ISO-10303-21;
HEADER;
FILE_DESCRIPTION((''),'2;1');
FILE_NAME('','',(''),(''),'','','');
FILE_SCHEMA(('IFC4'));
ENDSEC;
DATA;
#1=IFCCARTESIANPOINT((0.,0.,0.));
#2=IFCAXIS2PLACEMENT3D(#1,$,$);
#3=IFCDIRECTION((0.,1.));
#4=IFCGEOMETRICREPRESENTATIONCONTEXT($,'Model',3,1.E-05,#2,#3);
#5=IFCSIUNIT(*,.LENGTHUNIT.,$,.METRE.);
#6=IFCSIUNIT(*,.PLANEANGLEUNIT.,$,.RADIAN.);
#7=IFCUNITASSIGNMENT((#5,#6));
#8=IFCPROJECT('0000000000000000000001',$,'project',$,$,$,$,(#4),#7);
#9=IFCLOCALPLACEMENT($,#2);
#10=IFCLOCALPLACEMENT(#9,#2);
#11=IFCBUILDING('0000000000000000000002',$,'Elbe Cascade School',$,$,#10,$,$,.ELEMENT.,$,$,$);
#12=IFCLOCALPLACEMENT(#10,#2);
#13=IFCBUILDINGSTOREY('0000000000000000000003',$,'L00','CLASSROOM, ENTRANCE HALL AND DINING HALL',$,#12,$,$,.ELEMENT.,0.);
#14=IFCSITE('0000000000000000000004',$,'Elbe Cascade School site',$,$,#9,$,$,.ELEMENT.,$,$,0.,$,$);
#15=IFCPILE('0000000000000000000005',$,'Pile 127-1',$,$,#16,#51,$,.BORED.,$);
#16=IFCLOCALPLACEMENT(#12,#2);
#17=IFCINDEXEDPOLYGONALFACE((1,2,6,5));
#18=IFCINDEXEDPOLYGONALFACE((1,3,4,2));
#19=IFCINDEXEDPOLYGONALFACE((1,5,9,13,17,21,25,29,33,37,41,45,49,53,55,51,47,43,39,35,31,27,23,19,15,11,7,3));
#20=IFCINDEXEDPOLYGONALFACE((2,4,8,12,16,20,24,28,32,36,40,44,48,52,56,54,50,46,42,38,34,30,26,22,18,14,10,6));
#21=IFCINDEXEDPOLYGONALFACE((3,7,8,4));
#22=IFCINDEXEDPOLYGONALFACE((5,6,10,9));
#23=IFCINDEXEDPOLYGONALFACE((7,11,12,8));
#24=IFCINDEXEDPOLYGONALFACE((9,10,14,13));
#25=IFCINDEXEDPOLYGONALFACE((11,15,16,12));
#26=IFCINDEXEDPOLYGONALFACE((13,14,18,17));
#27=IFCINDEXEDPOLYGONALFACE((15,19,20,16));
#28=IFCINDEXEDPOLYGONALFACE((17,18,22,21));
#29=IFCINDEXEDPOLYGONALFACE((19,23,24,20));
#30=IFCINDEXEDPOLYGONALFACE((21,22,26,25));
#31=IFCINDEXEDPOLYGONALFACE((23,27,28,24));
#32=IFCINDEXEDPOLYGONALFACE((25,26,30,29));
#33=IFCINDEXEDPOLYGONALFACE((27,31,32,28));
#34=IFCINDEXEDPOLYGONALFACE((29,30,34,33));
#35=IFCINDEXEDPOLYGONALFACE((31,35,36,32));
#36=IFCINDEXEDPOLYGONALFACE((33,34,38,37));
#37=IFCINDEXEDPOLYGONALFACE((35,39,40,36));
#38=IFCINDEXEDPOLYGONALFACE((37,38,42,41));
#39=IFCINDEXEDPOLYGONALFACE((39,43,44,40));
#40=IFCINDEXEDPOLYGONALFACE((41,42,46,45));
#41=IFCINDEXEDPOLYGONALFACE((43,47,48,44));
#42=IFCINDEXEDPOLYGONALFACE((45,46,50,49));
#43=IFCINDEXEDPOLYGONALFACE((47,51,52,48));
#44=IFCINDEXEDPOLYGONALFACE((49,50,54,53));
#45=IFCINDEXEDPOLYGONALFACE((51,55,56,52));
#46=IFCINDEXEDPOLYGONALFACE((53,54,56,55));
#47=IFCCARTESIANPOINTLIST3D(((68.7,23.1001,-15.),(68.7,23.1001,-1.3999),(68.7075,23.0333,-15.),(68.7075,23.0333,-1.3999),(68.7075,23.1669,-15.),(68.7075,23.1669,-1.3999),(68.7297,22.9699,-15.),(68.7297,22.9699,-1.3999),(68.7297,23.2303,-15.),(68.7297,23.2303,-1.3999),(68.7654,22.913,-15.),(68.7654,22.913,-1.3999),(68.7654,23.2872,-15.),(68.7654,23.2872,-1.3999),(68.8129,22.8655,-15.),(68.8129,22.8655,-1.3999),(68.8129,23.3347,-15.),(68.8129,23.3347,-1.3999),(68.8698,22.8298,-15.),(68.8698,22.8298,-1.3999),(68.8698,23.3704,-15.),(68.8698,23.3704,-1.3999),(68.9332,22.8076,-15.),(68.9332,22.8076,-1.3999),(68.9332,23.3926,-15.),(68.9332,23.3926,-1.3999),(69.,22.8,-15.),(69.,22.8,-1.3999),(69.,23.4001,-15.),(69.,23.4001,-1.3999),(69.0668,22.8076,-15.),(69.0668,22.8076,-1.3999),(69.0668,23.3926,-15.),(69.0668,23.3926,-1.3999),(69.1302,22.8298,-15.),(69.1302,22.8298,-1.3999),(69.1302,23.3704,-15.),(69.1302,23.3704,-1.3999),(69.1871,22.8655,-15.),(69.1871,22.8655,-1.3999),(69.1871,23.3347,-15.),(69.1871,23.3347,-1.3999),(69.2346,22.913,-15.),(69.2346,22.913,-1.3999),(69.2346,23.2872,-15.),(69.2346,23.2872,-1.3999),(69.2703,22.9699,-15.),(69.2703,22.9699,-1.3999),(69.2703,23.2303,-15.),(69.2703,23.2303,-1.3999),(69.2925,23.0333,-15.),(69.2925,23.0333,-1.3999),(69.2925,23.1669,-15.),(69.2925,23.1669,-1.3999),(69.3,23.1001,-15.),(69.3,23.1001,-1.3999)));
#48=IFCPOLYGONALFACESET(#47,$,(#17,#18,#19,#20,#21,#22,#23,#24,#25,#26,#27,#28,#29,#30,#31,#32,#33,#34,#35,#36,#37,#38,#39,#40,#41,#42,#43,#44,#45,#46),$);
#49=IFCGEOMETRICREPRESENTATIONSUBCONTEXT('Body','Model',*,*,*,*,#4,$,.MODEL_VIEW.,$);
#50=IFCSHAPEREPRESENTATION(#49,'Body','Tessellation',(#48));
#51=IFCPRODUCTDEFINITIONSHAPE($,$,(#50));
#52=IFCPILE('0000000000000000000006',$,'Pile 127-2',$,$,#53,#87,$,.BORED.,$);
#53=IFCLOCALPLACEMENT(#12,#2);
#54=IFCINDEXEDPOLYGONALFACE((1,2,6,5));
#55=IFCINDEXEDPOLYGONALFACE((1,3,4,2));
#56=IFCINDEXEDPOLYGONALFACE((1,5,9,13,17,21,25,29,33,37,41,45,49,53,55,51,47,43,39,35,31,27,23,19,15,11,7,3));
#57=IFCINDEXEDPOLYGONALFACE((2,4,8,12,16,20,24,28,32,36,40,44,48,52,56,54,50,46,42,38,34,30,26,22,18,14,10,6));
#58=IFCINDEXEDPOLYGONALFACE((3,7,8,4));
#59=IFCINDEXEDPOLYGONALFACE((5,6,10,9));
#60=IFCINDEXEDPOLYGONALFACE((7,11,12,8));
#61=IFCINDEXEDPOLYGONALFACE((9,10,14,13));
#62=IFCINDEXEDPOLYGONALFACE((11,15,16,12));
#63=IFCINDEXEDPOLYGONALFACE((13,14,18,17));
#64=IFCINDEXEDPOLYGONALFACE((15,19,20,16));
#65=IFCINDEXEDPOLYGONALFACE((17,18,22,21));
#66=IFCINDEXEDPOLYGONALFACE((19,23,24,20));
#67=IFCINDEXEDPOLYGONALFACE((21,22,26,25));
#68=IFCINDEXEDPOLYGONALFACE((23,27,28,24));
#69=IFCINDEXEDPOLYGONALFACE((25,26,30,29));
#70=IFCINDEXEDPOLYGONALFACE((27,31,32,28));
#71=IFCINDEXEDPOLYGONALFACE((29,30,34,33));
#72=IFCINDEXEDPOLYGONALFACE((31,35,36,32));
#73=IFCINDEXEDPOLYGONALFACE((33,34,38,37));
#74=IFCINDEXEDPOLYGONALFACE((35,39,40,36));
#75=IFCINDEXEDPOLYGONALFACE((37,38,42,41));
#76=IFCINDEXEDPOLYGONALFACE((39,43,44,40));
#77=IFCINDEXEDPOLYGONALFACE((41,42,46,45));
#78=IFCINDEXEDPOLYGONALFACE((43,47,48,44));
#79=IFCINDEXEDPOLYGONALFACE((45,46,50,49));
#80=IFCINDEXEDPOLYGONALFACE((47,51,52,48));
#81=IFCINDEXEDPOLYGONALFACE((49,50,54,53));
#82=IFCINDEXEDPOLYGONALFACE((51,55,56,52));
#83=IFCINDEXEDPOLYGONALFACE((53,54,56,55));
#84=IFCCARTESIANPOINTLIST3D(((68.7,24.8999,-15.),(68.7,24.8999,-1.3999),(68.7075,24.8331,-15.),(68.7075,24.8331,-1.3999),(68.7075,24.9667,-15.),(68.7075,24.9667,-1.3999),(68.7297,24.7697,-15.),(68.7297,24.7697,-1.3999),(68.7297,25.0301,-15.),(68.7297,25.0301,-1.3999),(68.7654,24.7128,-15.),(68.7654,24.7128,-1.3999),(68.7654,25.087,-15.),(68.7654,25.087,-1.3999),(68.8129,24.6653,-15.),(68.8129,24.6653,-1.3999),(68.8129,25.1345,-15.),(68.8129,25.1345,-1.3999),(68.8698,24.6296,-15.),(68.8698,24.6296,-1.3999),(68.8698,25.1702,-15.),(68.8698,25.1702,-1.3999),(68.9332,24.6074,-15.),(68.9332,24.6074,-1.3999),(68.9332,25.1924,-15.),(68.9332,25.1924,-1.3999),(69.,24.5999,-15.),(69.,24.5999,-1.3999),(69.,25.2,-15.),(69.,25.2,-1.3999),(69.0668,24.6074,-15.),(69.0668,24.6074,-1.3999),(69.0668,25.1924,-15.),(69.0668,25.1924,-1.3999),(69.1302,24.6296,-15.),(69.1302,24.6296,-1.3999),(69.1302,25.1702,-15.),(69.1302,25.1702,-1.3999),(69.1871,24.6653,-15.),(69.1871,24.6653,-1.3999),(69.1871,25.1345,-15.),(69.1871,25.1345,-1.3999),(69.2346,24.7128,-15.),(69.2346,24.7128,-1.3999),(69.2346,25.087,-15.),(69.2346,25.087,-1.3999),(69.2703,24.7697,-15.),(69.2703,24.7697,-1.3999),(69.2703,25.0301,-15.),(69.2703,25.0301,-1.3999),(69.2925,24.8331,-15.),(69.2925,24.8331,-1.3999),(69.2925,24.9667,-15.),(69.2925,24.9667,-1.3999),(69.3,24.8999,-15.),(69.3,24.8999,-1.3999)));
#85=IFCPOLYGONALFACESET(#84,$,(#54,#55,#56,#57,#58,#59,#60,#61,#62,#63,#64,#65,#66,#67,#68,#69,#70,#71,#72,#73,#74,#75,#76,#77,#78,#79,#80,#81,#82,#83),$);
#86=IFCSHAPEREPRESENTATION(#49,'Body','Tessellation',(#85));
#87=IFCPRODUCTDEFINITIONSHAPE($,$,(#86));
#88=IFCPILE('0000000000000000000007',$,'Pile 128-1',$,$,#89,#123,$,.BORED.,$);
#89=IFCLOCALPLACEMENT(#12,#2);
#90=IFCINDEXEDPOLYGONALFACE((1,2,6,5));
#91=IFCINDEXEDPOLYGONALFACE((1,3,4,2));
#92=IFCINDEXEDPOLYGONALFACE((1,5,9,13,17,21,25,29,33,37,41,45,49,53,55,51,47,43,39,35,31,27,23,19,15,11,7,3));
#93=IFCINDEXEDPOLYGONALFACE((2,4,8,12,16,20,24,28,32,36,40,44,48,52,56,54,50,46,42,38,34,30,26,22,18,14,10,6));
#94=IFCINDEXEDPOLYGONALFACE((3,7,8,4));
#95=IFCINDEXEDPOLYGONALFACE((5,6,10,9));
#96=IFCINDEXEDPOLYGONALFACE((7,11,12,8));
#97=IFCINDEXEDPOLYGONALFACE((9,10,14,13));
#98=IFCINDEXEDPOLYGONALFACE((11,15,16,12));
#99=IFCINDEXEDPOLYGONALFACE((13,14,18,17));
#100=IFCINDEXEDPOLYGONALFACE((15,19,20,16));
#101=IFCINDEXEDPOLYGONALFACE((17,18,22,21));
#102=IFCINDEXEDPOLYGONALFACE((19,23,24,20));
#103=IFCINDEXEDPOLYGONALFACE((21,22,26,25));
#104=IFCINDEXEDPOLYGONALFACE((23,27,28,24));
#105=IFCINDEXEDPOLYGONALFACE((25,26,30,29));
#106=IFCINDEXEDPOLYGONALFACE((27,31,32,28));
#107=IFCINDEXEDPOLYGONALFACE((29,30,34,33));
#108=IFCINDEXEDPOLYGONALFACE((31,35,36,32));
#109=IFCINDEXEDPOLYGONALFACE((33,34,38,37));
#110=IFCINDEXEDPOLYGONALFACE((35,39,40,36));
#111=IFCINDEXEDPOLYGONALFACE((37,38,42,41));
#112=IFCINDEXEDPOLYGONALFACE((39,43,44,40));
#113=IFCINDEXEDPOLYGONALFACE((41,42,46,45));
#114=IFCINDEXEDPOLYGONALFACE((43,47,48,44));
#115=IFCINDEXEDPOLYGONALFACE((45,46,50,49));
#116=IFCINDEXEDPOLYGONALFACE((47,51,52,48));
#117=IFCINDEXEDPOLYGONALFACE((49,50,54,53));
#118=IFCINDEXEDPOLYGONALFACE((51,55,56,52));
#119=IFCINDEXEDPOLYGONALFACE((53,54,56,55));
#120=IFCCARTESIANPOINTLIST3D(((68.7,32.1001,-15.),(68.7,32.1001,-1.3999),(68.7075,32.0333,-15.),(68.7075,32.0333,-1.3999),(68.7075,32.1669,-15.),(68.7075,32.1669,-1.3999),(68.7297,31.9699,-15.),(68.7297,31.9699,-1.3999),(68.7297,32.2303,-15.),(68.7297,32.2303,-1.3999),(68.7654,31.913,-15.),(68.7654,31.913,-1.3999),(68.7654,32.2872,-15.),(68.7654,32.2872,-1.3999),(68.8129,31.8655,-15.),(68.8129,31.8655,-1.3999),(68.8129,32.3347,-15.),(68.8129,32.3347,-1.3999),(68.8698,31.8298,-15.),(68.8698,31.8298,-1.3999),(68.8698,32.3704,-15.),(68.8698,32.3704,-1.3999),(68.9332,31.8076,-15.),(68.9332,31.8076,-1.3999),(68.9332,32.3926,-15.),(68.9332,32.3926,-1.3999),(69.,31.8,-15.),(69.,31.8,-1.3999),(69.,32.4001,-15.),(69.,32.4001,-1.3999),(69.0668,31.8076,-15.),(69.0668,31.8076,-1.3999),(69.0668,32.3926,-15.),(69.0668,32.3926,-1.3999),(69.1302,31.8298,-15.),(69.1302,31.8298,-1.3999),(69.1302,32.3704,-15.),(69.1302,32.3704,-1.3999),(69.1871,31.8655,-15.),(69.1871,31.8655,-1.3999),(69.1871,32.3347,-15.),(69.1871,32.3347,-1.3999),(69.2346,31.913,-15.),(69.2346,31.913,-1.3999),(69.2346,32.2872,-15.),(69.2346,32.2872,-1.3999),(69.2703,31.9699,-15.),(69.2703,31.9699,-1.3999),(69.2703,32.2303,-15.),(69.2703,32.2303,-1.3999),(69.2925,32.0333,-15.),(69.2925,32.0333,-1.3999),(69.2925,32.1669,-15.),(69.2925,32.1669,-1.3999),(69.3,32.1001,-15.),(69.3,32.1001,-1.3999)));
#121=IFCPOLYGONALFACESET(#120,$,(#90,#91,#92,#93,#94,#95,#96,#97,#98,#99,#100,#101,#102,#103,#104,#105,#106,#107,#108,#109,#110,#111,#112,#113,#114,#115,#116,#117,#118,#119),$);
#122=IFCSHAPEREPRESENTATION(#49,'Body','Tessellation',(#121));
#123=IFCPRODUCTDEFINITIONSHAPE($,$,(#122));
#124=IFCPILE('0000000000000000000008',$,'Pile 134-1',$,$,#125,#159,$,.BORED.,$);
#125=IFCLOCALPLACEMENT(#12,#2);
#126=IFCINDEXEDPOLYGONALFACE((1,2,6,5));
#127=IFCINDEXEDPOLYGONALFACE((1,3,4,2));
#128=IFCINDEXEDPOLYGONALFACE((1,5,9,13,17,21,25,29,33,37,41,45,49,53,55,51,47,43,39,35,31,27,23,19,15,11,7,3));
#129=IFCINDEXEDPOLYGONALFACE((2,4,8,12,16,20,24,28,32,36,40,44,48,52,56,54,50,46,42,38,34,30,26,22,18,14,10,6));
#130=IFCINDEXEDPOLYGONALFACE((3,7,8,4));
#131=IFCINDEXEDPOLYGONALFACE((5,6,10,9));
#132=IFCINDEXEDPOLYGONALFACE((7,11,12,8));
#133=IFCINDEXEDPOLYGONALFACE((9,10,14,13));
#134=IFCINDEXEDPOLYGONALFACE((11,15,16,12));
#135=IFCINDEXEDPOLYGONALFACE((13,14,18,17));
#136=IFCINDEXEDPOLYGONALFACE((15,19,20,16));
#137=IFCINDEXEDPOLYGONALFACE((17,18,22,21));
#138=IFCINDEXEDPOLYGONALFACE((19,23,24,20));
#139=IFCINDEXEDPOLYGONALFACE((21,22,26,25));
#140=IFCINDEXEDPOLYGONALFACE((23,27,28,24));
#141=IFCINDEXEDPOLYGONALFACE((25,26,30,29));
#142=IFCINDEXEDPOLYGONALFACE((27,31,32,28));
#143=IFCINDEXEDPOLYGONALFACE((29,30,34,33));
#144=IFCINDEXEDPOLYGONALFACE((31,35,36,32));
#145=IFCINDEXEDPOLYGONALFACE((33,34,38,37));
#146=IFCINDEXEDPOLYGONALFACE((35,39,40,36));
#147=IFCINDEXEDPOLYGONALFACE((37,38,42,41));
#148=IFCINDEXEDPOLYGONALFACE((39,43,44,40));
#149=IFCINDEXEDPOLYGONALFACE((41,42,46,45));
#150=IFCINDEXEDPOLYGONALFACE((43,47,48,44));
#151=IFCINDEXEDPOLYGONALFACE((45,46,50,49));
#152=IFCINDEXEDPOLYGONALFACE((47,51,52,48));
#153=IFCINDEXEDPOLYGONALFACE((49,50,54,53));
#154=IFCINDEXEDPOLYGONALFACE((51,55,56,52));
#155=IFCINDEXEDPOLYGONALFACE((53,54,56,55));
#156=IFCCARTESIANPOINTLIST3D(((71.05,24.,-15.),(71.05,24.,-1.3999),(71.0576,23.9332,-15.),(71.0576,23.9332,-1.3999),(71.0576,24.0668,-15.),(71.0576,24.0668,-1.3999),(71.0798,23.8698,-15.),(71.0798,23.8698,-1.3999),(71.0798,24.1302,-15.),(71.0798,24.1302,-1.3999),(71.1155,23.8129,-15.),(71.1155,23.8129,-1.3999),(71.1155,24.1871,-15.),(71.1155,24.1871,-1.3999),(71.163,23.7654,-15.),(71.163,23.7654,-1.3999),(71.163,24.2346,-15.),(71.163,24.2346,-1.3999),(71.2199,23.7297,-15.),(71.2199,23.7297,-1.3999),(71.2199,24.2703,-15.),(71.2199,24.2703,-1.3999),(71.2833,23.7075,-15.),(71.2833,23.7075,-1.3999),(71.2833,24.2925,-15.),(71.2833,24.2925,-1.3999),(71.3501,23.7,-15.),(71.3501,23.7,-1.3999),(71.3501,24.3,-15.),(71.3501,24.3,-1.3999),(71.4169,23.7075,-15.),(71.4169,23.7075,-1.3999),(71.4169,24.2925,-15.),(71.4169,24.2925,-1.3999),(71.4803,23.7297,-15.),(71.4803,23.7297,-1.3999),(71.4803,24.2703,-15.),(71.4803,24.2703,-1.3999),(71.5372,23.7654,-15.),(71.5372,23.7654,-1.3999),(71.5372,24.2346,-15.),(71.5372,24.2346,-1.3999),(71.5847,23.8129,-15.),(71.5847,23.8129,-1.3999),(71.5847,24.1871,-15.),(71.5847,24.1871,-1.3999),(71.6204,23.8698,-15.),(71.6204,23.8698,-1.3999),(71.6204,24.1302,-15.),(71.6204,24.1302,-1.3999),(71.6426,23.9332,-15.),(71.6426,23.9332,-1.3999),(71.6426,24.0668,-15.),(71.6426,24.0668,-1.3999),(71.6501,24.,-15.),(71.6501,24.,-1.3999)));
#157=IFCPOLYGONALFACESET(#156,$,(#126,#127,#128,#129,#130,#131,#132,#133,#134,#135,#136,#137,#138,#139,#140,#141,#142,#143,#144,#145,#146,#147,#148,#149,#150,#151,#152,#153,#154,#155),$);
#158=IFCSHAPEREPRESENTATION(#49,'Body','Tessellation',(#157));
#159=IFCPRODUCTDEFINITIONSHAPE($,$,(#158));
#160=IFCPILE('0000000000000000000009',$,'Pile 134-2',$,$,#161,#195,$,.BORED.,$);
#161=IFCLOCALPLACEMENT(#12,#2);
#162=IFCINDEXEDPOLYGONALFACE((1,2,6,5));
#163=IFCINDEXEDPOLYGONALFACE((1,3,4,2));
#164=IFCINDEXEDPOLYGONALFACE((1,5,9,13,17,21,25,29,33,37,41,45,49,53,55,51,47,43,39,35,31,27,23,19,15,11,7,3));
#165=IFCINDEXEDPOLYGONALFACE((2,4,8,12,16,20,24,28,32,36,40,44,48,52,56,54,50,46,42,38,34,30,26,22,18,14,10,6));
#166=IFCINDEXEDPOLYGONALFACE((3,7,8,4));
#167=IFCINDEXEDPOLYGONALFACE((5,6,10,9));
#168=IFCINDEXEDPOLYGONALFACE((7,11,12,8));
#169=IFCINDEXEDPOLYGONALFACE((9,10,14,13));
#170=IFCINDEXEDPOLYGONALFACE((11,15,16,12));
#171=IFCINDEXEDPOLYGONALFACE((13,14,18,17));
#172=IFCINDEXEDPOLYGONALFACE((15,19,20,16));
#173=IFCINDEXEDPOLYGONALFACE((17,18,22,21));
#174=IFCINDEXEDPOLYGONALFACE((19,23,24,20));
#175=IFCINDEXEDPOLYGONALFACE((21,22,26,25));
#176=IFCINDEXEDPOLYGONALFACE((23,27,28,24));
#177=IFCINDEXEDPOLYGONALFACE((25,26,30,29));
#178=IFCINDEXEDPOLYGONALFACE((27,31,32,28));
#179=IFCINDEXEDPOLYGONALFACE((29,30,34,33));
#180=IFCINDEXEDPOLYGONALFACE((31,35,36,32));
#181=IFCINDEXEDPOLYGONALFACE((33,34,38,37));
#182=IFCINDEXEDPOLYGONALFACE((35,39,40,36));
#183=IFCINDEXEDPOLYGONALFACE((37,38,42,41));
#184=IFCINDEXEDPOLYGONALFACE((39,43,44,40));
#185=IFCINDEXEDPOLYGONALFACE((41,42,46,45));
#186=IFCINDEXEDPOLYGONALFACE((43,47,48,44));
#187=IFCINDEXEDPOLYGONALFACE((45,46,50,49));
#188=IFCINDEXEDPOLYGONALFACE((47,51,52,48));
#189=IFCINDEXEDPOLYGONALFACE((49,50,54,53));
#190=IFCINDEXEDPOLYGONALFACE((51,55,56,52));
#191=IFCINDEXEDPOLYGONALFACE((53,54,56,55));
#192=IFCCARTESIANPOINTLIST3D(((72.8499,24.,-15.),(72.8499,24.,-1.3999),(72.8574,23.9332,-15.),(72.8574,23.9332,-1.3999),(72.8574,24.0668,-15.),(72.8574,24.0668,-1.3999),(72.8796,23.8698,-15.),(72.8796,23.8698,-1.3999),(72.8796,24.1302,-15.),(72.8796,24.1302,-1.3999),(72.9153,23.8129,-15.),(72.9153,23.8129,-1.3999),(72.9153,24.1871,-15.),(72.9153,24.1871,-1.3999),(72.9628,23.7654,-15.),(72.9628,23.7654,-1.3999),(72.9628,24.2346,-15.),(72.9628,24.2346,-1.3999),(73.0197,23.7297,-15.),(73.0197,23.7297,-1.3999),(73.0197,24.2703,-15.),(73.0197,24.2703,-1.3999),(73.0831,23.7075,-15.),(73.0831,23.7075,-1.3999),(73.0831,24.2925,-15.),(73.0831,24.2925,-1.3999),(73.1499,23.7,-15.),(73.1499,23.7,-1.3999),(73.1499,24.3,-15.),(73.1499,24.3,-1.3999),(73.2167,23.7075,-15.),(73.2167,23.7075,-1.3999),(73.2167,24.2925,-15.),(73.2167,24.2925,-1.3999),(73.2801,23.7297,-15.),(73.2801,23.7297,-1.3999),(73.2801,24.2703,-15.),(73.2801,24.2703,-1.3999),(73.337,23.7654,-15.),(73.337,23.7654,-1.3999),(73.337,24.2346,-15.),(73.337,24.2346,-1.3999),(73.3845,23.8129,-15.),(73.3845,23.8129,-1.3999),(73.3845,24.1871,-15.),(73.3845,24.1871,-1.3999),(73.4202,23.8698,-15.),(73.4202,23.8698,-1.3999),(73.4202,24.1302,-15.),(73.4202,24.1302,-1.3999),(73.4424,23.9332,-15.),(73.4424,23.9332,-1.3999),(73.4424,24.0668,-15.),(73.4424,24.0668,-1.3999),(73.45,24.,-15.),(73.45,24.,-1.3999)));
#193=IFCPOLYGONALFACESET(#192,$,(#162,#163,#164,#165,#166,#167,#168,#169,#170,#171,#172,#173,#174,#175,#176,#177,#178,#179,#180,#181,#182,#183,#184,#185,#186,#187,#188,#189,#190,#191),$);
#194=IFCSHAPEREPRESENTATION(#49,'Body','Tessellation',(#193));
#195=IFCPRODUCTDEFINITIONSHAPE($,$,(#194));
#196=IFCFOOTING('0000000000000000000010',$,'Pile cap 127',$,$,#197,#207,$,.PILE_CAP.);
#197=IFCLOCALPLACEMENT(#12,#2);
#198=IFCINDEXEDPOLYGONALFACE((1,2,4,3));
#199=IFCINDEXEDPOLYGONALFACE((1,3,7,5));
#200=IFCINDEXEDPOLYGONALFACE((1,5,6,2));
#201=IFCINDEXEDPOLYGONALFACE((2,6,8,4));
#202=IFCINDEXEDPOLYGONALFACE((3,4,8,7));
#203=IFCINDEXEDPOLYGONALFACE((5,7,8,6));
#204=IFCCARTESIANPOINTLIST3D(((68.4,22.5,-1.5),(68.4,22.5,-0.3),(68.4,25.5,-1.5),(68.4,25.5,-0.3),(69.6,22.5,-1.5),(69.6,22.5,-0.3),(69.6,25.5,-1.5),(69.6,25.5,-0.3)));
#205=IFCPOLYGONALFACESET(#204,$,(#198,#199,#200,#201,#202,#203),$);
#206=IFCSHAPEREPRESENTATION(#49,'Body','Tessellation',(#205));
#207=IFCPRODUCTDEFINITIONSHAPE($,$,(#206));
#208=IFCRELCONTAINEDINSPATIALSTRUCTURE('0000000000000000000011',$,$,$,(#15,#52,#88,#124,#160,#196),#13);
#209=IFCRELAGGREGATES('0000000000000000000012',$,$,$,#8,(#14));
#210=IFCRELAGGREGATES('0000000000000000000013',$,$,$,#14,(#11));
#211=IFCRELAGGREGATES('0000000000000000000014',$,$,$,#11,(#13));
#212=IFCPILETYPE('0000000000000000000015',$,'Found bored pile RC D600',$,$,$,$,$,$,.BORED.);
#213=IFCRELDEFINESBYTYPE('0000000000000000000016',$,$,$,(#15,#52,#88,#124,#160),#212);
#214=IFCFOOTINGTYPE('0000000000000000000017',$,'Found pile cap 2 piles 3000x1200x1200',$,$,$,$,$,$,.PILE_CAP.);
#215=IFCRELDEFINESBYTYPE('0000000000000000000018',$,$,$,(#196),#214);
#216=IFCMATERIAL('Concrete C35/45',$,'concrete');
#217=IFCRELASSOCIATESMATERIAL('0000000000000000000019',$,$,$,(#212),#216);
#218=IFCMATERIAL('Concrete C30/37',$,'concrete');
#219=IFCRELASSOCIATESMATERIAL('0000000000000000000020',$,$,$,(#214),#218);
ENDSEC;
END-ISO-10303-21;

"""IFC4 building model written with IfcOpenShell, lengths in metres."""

from ifc_helpers import new_model, si_unit, direction, frame, origin, origin_2d, place, context, subcontext, project, spatial, rectangle, circle, extrude, material, material_profile, profile_set, type_object, element, save


model = new_model("IFC4")

# Units and contexts
model_context = context("Model", 3, precision=1e-05, world=origin(), true_north=direction((0.0, 1.0)))
body_context = subcontext(model_context, "Body", "Model", "MODEL_VIEW")
ifc_project = project(units=[si_unit("LENGTHUNIT", "METRE"), si_unit("PLANEANGLEUNIT", "RADIAN")], contexts=[model_context])

# Site, building, storey
site_placement = place(None, origin())
site = spatial("IfcSite", under=ifc_project, at=site_placement, Name="Elbe Cascade School site", CompositionType="ELEMENT", RefElevation=0.0)
building_placement = place(site_placement, origin())
building = spatial("IfcBuilding", under=site, at=building_placement, Name="Elbe Cascade School", CompositionType="ELEMENT")
storey_placement = place(building_placement, origin())
storey = spatial("IfcBuildingStorey", under=building, at=storey_placement, Name="L00", Description="CLASSROOM, ENTRANCE HALL AND DINING HALL", CompositionType="ELEMENT", Elevation=0.0)

# Piles
ifc_material_1 = material(Name="Concrete C35/45", Category="concrete")
ifc_material_profile_1 = material_profile(ifc_material_1, circle(Radius=0.3, at=origin_2d()), Name="RC D600")
ifc_profile_set_1 = profile_set([ifc_material_profile_1], Name="Concrete C35/45")
pile_type = type_object("IfcPileType", Name="Found bored pile RC D600", PredefinedType="BORED", material=ifc_profile_set_1)
for number, where, z_axis, x_axis, name in (
    (1, (69.0, 23.1001, -1.3999), (0.0, 0.0, -1.0), (1.0, 0.0, 0.0), "Pile 127-1"),
    (2, (69.0, 24.8999, -1.3999), (0.0, 0.0, -1.0), (1.0, 0.0, 0.0), "Pile 127-2"),
    (3, (69.0, 32.1001, -1.3999), (0.0, 0.0, -1.0), (1.0, 0.0, 0.0), "Pile 128-1"),
    (4, (71.3501, 24.0, -1.3999), (0.0, 0.0, -1.0), (1.0, 0.0, 0.0), "Pile 134-1"),
    (5, (73.1499, 24.0, -1.3999), (0.0, 0.0, -1.0), (1.0, 0.0, 0.0), "Pile 134-2"),
):
    element("IfcPile", number, at=place(storey_placement, frame(where, z_axis=z_axis, x_axis=x_axis)), inside=storey, type_object=pile_type, Name=name, PredefinedType="BORED", context=body_context, shape_type="SweptSolid", body=[
        extrude(circle(Radius=0.3, at=origin_2d()), origin(), (0.0, 0.0, 1.0), 13.6001),
    ])

# Footing
ifc_material_2 = material(Name="Concrete C30/37", Category="concrete")
footing_type = type_object("IfcFootingType", Name="Found pile cap 2 piles 3000x1200x1200", PredefinedType="PILE_CAP", material=ifc_material_2)
footing_1_placement = place(storey_placement, frame((69.0, 24.0, -1.5), z_axis=(0.0, 0.0, 1.0), x_axis=(1.0, 0.0, 0.0)))
element("IfcFooting", 6, at=footing_1_placement, inside=storey, type_object=footing_type, Name="Pile cap 127", PredefinedType="PILE_CAP", context=body_context, shape_type="SweptSolid", body=[
    extrude(rectangle(XDim=1.2, YDim=3.0, at=origin_2d()), origin(), (0.0, 0.0, 1.0), 1.2),
])

save(model, "model.ifc")
